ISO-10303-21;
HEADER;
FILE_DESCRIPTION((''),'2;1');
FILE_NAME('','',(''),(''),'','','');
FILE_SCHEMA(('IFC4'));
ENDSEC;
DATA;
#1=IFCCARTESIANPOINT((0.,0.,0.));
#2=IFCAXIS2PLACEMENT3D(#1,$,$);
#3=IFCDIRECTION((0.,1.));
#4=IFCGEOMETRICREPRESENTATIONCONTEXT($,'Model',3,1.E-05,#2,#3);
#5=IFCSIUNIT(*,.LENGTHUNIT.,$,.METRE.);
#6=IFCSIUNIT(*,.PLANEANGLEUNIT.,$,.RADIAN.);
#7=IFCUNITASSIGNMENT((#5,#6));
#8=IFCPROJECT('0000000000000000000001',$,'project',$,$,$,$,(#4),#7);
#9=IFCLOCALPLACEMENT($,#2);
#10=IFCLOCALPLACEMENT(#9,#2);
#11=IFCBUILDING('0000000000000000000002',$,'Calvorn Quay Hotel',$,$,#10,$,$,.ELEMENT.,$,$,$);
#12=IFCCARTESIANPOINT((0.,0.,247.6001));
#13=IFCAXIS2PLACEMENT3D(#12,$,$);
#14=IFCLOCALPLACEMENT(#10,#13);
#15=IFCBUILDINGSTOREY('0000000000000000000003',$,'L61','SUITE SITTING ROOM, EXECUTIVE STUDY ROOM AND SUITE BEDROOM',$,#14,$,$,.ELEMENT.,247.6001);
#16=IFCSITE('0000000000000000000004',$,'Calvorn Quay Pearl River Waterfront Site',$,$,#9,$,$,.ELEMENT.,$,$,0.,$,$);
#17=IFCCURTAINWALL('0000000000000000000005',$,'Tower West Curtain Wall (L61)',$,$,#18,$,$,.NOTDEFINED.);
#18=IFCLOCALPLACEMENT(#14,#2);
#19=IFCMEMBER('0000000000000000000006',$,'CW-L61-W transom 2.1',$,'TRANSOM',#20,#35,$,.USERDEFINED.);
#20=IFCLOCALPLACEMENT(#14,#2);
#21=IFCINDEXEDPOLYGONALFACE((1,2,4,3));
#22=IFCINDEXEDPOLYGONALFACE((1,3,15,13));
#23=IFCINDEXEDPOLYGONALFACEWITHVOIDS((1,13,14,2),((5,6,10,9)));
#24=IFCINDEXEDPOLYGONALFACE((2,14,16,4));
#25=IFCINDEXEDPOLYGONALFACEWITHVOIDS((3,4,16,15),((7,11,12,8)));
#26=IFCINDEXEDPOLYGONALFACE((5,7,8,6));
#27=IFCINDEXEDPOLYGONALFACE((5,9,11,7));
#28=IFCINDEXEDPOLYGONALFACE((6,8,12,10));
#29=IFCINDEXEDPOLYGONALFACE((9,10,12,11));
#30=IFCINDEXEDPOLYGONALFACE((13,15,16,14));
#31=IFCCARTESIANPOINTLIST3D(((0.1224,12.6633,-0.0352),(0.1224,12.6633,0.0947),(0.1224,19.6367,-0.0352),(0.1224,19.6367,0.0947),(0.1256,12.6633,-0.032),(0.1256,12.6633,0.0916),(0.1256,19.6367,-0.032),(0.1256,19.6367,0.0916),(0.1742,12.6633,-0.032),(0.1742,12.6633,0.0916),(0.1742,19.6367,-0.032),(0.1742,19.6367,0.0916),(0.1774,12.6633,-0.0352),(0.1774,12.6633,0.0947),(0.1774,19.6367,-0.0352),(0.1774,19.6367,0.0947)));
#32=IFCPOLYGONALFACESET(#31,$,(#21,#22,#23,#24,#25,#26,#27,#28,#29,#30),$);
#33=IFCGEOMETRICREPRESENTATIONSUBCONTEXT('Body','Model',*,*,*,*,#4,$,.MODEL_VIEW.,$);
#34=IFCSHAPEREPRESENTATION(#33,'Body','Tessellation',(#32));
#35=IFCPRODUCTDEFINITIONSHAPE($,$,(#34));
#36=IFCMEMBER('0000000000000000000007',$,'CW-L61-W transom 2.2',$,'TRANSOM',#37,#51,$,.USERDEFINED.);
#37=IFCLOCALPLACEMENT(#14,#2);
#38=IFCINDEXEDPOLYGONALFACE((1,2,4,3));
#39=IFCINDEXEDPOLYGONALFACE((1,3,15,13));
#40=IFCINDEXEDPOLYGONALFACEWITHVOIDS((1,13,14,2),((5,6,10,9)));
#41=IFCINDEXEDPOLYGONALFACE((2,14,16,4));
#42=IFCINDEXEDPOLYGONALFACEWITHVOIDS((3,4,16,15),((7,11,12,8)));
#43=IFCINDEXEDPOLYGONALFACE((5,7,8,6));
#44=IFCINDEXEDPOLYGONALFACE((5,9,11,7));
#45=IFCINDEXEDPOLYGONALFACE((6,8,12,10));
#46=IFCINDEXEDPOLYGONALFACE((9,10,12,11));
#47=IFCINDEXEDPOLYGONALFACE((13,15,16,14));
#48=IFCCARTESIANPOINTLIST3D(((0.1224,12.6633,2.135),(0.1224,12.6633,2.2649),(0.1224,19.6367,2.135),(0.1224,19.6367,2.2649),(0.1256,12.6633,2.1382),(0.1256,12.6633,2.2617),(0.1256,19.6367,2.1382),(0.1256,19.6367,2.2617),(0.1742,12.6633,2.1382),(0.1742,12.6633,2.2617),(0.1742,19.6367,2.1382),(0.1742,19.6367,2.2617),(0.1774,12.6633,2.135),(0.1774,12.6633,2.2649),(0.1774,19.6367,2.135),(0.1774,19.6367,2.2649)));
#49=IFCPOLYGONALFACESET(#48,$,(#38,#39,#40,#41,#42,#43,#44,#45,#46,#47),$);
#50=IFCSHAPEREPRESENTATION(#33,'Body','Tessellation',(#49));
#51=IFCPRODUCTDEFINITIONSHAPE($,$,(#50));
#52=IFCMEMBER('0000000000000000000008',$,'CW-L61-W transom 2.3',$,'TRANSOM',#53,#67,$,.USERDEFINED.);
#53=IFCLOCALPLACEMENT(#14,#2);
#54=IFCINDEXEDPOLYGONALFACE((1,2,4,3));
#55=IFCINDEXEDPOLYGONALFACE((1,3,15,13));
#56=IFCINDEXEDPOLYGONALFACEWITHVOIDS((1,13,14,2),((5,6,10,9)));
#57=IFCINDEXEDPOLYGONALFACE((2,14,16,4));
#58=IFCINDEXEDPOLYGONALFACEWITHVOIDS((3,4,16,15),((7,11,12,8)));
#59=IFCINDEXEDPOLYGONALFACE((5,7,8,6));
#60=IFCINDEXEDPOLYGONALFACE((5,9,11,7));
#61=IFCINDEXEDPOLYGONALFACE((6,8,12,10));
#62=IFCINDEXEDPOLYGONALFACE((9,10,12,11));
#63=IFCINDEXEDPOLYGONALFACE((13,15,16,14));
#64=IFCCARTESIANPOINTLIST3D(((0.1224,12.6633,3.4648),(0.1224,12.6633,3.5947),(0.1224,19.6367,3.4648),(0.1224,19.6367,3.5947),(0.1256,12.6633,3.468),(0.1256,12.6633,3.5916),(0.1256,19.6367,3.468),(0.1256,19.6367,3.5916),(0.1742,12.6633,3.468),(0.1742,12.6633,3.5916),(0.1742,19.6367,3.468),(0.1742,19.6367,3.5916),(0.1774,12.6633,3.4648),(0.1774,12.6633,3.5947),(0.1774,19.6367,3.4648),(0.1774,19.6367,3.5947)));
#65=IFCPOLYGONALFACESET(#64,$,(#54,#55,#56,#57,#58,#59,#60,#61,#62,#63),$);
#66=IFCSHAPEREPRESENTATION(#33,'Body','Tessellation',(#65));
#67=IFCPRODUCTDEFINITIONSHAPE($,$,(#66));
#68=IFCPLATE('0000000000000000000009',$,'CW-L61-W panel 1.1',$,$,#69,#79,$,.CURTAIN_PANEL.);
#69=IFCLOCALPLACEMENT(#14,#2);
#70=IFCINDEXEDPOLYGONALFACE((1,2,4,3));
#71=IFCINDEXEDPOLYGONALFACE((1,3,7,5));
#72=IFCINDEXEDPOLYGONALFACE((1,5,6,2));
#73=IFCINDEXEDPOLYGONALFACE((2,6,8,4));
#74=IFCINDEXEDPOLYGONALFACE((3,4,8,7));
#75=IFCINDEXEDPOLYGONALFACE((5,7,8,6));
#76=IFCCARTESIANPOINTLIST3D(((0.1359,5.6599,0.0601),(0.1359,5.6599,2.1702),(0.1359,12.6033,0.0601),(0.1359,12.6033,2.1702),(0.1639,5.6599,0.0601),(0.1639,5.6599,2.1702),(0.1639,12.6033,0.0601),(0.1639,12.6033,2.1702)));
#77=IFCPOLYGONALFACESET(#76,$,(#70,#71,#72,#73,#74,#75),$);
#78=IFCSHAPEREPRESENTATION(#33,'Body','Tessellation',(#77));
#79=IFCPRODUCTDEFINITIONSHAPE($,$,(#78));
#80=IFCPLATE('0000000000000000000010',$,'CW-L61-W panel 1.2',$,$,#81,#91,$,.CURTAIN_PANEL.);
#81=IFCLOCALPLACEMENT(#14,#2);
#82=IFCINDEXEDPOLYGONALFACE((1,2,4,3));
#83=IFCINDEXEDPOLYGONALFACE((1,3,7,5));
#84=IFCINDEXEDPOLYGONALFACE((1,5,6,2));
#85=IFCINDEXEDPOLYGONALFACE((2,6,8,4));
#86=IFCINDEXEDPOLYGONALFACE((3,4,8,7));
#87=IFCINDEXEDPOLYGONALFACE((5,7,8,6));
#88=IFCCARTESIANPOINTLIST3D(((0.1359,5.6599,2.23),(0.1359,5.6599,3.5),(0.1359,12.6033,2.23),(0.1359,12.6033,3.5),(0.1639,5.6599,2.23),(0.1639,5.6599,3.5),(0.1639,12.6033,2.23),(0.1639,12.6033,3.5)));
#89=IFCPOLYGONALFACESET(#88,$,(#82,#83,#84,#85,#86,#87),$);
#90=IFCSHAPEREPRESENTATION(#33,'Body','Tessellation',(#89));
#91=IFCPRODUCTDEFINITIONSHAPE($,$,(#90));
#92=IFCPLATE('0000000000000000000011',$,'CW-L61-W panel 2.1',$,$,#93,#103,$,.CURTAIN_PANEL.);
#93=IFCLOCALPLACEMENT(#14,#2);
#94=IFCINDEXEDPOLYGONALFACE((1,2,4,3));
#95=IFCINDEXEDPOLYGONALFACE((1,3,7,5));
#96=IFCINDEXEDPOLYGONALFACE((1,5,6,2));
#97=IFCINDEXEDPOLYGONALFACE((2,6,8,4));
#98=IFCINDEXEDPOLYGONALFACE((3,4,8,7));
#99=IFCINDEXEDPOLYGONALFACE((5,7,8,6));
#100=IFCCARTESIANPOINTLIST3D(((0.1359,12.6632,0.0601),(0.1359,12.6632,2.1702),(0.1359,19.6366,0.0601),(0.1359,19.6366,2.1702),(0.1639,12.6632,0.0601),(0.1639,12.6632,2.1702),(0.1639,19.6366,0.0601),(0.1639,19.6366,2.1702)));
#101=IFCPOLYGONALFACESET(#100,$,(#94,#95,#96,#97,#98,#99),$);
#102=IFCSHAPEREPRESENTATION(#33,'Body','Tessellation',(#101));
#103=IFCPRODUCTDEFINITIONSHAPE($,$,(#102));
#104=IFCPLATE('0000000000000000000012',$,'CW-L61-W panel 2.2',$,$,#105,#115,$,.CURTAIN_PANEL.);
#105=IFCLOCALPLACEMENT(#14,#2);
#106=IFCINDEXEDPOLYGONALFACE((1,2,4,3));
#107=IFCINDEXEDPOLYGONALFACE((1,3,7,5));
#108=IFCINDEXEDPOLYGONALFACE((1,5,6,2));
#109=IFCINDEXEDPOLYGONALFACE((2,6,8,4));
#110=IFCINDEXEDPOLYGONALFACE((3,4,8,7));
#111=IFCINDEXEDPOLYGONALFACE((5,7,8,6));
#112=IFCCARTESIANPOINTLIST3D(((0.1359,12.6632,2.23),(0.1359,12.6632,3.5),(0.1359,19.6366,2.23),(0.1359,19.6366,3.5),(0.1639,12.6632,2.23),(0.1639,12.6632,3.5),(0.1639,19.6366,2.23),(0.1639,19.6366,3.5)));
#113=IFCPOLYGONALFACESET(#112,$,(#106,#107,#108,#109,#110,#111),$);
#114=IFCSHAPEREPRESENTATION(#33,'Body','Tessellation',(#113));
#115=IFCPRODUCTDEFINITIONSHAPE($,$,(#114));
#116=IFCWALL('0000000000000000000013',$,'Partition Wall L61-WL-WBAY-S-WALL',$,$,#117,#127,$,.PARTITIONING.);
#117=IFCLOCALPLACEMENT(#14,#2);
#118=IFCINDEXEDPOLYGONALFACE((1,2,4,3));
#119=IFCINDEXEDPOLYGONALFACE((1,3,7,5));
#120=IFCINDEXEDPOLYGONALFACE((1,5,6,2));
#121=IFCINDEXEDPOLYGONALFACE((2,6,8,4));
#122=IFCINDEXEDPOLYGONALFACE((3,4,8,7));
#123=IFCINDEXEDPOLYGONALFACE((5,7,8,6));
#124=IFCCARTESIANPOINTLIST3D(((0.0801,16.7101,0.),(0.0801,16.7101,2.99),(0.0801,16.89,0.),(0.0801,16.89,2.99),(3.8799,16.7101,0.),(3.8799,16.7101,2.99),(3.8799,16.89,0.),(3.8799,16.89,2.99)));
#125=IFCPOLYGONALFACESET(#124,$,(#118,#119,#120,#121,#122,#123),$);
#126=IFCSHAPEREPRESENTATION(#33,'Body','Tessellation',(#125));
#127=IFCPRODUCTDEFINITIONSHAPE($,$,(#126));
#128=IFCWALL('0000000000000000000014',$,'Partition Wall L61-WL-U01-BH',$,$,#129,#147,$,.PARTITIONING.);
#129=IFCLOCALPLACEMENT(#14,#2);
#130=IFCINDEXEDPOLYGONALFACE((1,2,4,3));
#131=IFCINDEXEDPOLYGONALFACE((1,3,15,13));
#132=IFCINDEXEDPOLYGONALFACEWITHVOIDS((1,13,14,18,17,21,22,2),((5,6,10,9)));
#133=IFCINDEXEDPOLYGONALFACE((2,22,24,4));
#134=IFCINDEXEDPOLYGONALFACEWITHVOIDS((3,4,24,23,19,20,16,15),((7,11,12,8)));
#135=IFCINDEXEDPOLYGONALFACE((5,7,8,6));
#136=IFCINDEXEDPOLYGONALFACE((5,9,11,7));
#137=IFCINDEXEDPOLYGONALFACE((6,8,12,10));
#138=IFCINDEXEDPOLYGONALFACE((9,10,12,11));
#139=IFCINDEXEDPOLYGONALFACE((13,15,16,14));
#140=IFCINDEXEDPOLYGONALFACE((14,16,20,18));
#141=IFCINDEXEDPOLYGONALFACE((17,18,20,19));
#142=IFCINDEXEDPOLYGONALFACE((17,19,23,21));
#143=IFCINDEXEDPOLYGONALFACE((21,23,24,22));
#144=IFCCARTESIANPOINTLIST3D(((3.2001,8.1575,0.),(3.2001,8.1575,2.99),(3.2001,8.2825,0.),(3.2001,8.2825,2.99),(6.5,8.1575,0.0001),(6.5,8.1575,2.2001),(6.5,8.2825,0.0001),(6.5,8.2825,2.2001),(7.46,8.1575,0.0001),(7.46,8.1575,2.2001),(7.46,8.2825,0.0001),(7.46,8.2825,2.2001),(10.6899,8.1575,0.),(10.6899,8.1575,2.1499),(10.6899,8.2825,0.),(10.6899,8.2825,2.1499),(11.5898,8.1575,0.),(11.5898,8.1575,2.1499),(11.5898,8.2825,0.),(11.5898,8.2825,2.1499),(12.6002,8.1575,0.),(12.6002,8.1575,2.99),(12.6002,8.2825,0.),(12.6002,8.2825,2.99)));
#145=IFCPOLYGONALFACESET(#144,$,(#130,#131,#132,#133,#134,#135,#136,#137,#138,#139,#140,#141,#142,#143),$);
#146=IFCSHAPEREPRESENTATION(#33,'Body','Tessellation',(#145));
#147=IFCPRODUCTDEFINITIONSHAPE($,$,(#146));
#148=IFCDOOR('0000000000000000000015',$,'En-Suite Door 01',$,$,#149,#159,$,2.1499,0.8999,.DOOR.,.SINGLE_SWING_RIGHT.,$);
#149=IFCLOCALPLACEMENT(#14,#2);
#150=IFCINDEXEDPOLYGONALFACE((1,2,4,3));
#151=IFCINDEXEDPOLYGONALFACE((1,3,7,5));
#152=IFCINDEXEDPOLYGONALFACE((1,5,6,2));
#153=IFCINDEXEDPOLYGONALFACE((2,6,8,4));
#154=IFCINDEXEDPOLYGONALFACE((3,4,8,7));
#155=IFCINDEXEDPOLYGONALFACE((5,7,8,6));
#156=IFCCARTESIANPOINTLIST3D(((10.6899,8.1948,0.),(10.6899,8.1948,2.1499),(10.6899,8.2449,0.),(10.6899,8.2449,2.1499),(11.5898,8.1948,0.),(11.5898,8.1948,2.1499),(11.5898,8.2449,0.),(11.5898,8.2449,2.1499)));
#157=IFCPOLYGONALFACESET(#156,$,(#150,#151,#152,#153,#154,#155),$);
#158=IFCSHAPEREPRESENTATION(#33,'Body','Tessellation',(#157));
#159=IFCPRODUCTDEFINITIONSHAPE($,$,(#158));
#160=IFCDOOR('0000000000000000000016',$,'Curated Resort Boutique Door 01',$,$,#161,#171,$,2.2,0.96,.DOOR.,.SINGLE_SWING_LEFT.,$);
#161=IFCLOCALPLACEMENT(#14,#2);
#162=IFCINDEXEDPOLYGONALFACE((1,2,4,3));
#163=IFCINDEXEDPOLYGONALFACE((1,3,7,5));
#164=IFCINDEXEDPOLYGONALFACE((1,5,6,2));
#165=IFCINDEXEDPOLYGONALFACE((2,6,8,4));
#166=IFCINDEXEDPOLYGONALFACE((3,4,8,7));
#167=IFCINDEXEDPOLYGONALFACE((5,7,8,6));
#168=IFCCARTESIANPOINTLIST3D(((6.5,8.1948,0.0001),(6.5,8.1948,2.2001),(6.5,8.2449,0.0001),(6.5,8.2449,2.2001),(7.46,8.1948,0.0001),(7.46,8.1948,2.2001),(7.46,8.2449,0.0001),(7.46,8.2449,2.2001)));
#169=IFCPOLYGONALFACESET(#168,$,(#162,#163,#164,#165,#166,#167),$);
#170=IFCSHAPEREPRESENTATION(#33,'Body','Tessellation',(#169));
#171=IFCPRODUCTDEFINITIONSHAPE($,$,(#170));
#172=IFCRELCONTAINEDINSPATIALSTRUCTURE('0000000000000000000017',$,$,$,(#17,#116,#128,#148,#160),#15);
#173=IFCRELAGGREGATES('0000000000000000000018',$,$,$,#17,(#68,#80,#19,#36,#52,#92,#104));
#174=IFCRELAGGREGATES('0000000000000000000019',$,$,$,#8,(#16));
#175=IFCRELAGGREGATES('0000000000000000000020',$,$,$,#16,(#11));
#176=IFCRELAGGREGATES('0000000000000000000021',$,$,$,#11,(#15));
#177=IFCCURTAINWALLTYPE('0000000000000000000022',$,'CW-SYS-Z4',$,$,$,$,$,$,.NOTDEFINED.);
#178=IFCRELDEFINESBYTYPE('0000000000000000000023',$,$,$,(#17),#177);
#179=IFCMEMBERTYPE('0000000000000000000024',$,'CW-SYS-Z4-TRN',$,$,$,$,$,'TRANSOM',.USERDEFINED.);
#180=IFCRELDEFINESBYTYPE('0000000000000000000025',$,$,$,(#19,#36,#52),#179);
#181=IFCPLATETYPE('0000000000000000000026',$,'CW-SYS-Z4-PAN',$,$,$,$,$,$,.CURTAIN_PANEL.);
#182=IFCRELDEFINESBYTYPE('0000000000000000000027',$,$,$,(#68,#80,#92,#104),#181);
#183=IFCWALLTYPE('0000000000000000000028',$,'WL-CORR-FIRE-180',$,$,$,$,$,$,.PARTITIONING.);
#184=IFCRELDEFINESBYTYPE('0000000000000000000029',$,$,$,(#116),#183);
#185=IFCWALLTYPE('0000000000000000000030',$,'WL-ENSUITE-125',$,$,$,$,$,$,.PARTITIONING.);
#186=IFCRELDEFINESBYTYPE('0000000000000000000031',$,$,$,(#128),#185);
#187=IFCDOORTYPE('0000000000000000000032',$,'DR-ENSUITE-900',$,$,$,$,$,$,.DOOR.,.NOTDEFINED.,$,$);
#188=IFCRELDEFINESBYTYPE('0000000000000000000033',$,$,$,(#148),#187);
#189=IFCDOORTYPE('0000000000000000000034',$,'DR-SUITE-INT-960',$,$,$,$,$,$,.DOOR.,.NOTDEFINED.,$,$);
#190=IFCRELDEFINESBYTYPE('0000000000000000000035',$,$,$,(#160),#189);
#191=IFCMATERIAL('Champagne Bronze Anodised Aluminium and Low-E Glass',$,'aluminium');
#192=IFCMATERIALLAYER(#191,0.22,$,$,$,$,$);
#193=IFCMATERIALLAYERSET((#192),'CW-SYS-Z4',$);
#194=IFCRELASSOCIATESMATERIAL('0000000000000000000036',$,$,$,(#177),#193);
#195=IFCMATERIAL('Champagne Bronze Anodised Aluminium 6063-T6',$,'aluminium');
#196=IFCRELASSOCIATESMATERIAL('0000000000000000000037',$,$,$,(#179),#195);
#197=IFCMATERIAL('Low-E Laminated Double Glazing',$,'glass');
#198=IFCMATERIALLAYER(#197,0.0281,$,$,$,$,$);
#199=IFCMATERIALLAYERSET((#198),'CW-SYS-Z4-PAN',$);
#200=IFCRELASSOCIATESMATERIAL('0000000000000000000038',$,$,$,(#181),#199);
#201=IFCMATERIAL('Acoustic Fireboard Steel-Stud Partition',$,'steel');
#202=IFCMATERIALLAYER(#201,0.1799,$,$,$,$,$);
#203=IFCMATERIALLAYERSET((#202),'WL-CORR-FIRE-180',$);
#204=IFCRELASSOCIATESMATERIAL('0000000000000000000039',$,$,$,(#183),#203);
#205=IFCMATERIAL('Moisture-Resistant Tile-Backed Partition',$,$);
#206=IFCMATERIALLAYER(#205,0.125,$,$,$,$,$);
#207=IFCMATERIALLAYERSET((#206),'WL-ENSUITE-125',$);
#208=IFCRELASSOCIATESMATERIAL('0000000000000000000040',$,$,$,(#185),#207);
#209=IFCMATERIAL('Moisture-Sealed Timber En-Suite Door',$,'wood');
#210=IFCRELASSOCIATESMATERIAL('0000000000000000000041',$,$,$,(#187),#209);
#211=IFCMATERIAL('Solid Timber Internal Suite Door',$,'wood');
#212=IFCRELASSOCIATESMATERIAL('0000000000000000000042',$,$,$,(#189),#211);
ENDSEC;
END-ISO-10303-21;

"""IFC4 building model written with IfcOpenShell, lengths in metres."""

from ifc_helpers import new_model, si_unit, direction, frame, frame_2d, origin, origin_2d, place, context, subcontext, project, spatial, rectangle, hollow_rectangle, extrude, material, layer, layer_set, material_profile, profile_set, type_object, element, fill, aggregate, save


model = new_model("IFC4")

# Units and contexts
model_context = context("Model", 3, precision=1e-05, world=origin(), true_north=direction((0.0, 1.0)))
body_context = subcontext(model_context, "Body", "Model", "MODEL_VIEW")
ifc_project = project(units=[si_unit("LENGTHUNIT", "METRE"), si_unit("PLANEANGLEUNIT", "RADIAN")], contexts=[model_context])

# Site, building, storey
site_placement = place(None, origin())
site = spatial("IfcSite", under=ifc_project, at=site_placement, Name="Calvorn Quay Pearl River Waterfront Site", CompositionType="ELEMENT", RefElevation=0.0)
building_placement = place(site_placement, origin())
building = spatial("IfcBuilding", under=site, at=building_placement, Name="Calvorn Quay Hotel", CompositionType="ELEMENT")
storey_placement = place(building_placement, frame((0.0, 0.0, 247.6001)))
storey = spatial("IfcBuildingStorey", under=building, at=storey_placement, Name="L61", Description="SUITE SITTING ROOM, EXECUTIVE STUDY ROOM AND SUITE BEDROOM", CompositionType="ELEMENT", Elevation=247.6001)

# Curtain wall, members, plates
ifc_material_1 = material(Name="Champagne Bronze Anodised Aluminium and Low-E Glass", Category="aluminium")
ifc_layer_1 = layer(ifc_material_1, 0.22)
ifc_layer_set_1 = layer_set([ifc_layer_1], Name="CW-SYS-Z4")
curtain_wall_type = type_object("IfcCurtainWallType", Name="CW-SYS-Z4", PredefinedType="NOTDEFINED", material=ifc_layer_set_1)
curtain_wall_placement = place(storey_placement, origin())
curtain_wall = element("IfcCurtainWall", 1, at=curtain_wall_placement, inside=storey, type_object=curtain_wall_type, Name="Tower West Curtain Wall (L61)", PredefinedType="NOTDEFINED")
ifc_material_2 = material(Name="Champagne Bronze Anodised Aluminium 6063-T6", Category="aluminium")
ifc_material_profile_1 = material_profile(ifc_material_2, hollow_rectangle(XDim=0.0549, YDim=0.1299, WallThickness=0.0032, at=origin_2d()), Name="ALU-T130x55x3.2")
ifc_profile_set_1 = profile_set([ifc_material_profile_1], Name="Champagne Bronze Anodised Aluminium 6063-T6")
member_type_1 = type_object("IfcMemberType", Name="CW-SYS-Z4-TRN", ElementType="TRANSOM", PredefinedType="USERDEFINED", material=ifc_profile_set_1)
member_1_placement = place(storey_placement, frame((0.1499, 12.6633, 0.0298), z_axis=(0.0, 1.0, 0.0), x_axis=(-1.0, 0.0, 0.0)))
member_1 = element("IfcMember", 2, at=member_1_placement, type_object=member_type_1, Name="CW-L61-W transom 2.1", ObjectType="TRANSOM", PredefinedType="USERDEFINED", context=body_context, shape_type="SweptSolid", body=[
    extrude(hollow_rectangle(XDim=0.0549, YDim=0.1299, WallThickness=0.0032, at=origin_2d()), origin(), (0.0, 0.0, 1.0), 6.9734),
])
member_2_placement = place(storey_placement, frame((0.1499, 12.6633, 2.2), z_axis=(0.0, 1.0, 0.0), x_axis=(-1.0, 0.0, 0.0)))
member_2 = element("IfcMember", 3, at=member_2_placement, type_object=member_type_1, Name="CW-L61-W transom 2.2", ObjectType="TRANSOM", PredefinedType="USERDEFINED", context=body_context, shape_type="SweptSolid", body=[
    extrude(hollow_rectangle(XDim=0.0549, YDim=0.1299, WallThickness=0.0032, at=origin_2d()), origin(), (0.0, 0.0, 1.0), 6.9734),
])
member_3_placement = place(storey_placement, frame((0.1499, 12.6633, 3.5298), z_axis=(0.0, 1.0, 0.0), x_axis=(-1.0, 0.0, 0.0)))
member_3 = element("IfcMember", 4, at=member_3_placement, type_object=member_type_1, Name="CW-L61-W transom 2.3", ObjectType="TRANSOM", PredefinedType="USERDEFINED", context=body_context, shape_type="SweptSolid", body=[
    extrude(hollow_rectangle(XDim=0.0549, YDim=0.1299, WallThickness=0.0032, at=origin_2d()), origin(), (0.0, 0.0, 1.0), 6.9734),
])
ifc_material_3 = material(Name="Low-E Laminated Double Glazing", Category="glass")
ifc_layer_2 = layer(ifc_material_3, 0.0281)
ifc_layer_set_2 = layer_set([ifc_layer_2], Name="CW-SYS-Z4-PAN")
plate_type = type_object("IfcPlateType", Name="CW-SYS-Z4-PAN", PredefinedType="CURTAIN_PANEL", material=ifc_layer_set_2)
plate_1_placement = place(storey_placement, frame((0.1499, 9.1316, 0.0601), z_axis=(0.0, 0.0, 1.0), x_axis=(0.0, 1.0, 0.0)))
plate_1 = element("IfcPlate", 5, at=plate_1_placement, type_object=plate_type, Name="CW-L61-W panel 1.1", PredefinedType="CURTAIN_PANEL", context=body_context, shape_type="SweptSolid", body=[
    extrude(rectangle(XDim=6.9434, YDim=0.0281, at=origin_2d()), origin(), (0.0, 0.0, 1.0), 2.1101),
])
plate_2_placement = place(storey_placement, frame((0.1499, 9.1316, 2.23), z_axis=(0.0, 0.0, 1.0), x_axis=(0.0, 1.0, 0.0)))
plate_2 = element("IfcPlate", 6, at=plate_2_placement, type_object=plate_type, Name="CW-L61-W panel 1.2", PredefinedType="CURTAIN_PANEL", context=body_context, shape_type="SweptSolid", body=[
    extrude(rectangle(XDim=6.9434, YDim=0.0281, at=origin_2d()), origin(), (0.0, 0.0, 1.0), 1.27),
])
plate_3_placement = place(storey_placement, frame((0.1499, 16.1499, 0.0601), z_axis=(0.0, 0.0, 1.0), x_axis=(0.0, 1.0, 0.0)))
plate_3 = element("IfcPlate", 7, at=plate_3_placement, type_object=plate_type, Name="CW-L61-W panel 2.1", PredefinedType="CURTAIN_PANEL", context=body_context, shape_type="SweptSolid", body=[
    extrude(rectangle(XDim=6.9734, YDim=0.0281, at=origin_2d()), origin(), (0.0, 0.0, 1.0), 2.1101),
])
plate_4_placement = place(storey_placement, frame((0.1499, 16.1499, 2.23), z_axis=(0.0, 0.0, 1.0), x_axis=(0.0, 1.0, 0.0)))
plate_4 = element("IfcPlate", 8, at=plate_4_placement, type_object=plate_type, Name="CW-L61-W panel 2.2", PredefinedType="CURTAIN_PANEL", context=body_context, shape_type="SweptSolid", body=[
    extrude(rectangle(XDim=6.9734, YDim=0.0281, at=origin_2d()), origin(), (0.0, 0.0, 1.0), 1.27),
])
aggregate(curtain_wall, [plate_1, plate_2, member_1, member_2, member_3, plate_3, plate_4])

# Wall
ifc_material_4 = material(Name="Acoustic Fireboard Steel-Stud Partition", Category="steel")
ifc_layer_3 = layer(ifc_material_4, 0.1799)
ifc_layer_set_3 = layer_set([ifc_layer_3], Name="WL-CORR-FIRE-180")
wall_type_1 = type_object("IfcWallType", Name="WL-CORR-FIRE-180", PredefinedType="PARTITIONING", material=ifc_layer_set_3)
wall_1_placement = place(storey_placement, frame((0.0801, 16.8, 0.0), z_axis=(0.0, 0.0, 1.0), x_axis=(1.0, 0.0, 0.0)))
element("IfcWall", 9, at=wall_1_placement, inside=storey, type_object=wall_type_1, Name="Partition Wall L61-WL-WBAY-S-WALL", PredefinedType="PARTITIONING", context=body_context, shape_type="SweptSolid", body=[
    extrude(rectangle(XDim=3.7998, YDim=0.1799, at=frame_2d((1.8999, 0.0))), origin(), (0.0, 0.0, 1.0), 2.99),
])

# Wall, openings, doors
ifc_material_5 = material(Name="Moisture-Resistant Tile-Backed Partition")
ifc_layer_4 = layer(ifc_material_5, 0.125)
ifc_layer_set_4 = layer_set([ifc_layer_4], Name="WL-ENSUITE-125")
wall_type_2 = type_object("IfcWallType", Name="WL-ENSUITE-125", PredefinedType="PARTITIONING", material=ifc_layer_set_4)
wall_2_placement = place(storey_placement, frame((3.2, 8.22, 0.0), z_axis=(0.0, 0.0, 1.0), x_axis=(1.0, 0.0, 0.0)))
wall_2 = element("IfcWall", 10, at=wall_2_placement, inside=storey, type_object=wall_type_2, Name="Partition Wall L61-WL-U01-BH", PredefinedType="PARTITIONING", context=body_context, shape_type="SweptSolid", body=[
    extrude(rectangle(XDim=9.4001, YDim=0.125, at=frame_2d((4.7002, 0.0))), origin(), (0.0, 0.0, 1.0), 2.99),
])
opening_1_placement = place(wall_2_placement, frame((3.3, 0.0, 0.0)))
opening_1 = element("IfcOpeningElement", 11, at=opening_1_placement, cuts=wall_2, PredefinedType="OPENING", context=body_context, shape_type="SweptSolid", body=[
    extrude(rectangle(XDim=0.96, YDim=2.2, at=frame_2d((0.48, 1.1001))), frame((0.0, 0.0725, 0.0), z_axis=(0.0, -1.0, 0.0), x_axis=(1.0, 0.0, 0.0)), (0.0, 0.0, 1.0), 0.145),
])
opening_2_placement = place(wall_2_placement, frame((7.49, 0.0, 0.0)))
opening_2 = element("IfcOpeningElement", 12, at=opening_2_placement, cuts=wall_2, PredefinedType="OPENING", context=body_context, shape_type="SweptSolid", body=[
    extrude(rectangle(XDim=0.8999, YDim=2.1499, at=frame_2d((0.45, 1.075))), frame((0.0, 0.0725, 0.0), z_axis=(0.0, -1.0, 0.0), x_axis=(1.0, 0.0, 0.0)), (0.0, 0.0, 1.0), 0.145),
])
ifc_material_6 = material(Name="Moisture-Sealed Timber En-Suite Door", Category="wood")
door_type_1 = type_object("IfcDoorType", Name="DR-ENSUITE-900", OperationType="NOTDEFINED", PredefinedType="DOOR", material=ifc_material_6)
door_1_placement = place(opening_2_placement, origin())
door_1 = element("IfcDoor", 13, at=door_1_placement, inside=storey, type_object=door_type_1, Name="En-Suite Door 01", OperationType="SINGLE_SWING_RIGHT", OverallHeight=2.1499, OverallWidth=0.8999, PredefinedType="DOOR", context=body_context, shape_type="SweptSolid", body=[
    extrude(rectangle(XDim=0.8999, YDim=2.1499, at=frame_2d((0.45, 1.075))), frame((0.0, 0.0249, 0.0), z_axis=(0.0, -1.0, 0.0), x_axis=(1.0, 0.0, 0.0)), (0.0, 0.0, 1.0), 0.05),
])
fill(opening_2, door_1)
ifc_material_7 = material(Name="Solid Timber Internal Suite Door", Category="wood")
door_type_2 = type_object("IfcDoorType", Name="DR-SUITE-INT-960", OperationType="NOTDEFINED", PredefinedType="DOOR", material=ifc_material_7)
door_2_placement = place(opening_1_placement, origin())
door_2 = element("IfcDoor", 14, at=door_2_placement, inside=storey, type_object=door_type_2, Name="Curated Resort Boutique Door 01", OperationType="SINGLE_SWING_LEFT", OverallHeight=2.2, OverallWidth=0.96, PredefinedType="DOOR", context=body_context, shape_type="SweptSolid", body=[
    extrude(rectangle(XDim=0.96, YDim=2.2, at=frame_2d((0.48, 1.1001))), frame((0.0, 0.0249, 0.0), z_axis=(0.0, -1.0, 0.0), x_axis=(1.0, 0.0, 0.0)), (0.0, 0.0, 1.0), 0.05),
])
fill(opening_1, door_2)

save(model, "model.ifc")
